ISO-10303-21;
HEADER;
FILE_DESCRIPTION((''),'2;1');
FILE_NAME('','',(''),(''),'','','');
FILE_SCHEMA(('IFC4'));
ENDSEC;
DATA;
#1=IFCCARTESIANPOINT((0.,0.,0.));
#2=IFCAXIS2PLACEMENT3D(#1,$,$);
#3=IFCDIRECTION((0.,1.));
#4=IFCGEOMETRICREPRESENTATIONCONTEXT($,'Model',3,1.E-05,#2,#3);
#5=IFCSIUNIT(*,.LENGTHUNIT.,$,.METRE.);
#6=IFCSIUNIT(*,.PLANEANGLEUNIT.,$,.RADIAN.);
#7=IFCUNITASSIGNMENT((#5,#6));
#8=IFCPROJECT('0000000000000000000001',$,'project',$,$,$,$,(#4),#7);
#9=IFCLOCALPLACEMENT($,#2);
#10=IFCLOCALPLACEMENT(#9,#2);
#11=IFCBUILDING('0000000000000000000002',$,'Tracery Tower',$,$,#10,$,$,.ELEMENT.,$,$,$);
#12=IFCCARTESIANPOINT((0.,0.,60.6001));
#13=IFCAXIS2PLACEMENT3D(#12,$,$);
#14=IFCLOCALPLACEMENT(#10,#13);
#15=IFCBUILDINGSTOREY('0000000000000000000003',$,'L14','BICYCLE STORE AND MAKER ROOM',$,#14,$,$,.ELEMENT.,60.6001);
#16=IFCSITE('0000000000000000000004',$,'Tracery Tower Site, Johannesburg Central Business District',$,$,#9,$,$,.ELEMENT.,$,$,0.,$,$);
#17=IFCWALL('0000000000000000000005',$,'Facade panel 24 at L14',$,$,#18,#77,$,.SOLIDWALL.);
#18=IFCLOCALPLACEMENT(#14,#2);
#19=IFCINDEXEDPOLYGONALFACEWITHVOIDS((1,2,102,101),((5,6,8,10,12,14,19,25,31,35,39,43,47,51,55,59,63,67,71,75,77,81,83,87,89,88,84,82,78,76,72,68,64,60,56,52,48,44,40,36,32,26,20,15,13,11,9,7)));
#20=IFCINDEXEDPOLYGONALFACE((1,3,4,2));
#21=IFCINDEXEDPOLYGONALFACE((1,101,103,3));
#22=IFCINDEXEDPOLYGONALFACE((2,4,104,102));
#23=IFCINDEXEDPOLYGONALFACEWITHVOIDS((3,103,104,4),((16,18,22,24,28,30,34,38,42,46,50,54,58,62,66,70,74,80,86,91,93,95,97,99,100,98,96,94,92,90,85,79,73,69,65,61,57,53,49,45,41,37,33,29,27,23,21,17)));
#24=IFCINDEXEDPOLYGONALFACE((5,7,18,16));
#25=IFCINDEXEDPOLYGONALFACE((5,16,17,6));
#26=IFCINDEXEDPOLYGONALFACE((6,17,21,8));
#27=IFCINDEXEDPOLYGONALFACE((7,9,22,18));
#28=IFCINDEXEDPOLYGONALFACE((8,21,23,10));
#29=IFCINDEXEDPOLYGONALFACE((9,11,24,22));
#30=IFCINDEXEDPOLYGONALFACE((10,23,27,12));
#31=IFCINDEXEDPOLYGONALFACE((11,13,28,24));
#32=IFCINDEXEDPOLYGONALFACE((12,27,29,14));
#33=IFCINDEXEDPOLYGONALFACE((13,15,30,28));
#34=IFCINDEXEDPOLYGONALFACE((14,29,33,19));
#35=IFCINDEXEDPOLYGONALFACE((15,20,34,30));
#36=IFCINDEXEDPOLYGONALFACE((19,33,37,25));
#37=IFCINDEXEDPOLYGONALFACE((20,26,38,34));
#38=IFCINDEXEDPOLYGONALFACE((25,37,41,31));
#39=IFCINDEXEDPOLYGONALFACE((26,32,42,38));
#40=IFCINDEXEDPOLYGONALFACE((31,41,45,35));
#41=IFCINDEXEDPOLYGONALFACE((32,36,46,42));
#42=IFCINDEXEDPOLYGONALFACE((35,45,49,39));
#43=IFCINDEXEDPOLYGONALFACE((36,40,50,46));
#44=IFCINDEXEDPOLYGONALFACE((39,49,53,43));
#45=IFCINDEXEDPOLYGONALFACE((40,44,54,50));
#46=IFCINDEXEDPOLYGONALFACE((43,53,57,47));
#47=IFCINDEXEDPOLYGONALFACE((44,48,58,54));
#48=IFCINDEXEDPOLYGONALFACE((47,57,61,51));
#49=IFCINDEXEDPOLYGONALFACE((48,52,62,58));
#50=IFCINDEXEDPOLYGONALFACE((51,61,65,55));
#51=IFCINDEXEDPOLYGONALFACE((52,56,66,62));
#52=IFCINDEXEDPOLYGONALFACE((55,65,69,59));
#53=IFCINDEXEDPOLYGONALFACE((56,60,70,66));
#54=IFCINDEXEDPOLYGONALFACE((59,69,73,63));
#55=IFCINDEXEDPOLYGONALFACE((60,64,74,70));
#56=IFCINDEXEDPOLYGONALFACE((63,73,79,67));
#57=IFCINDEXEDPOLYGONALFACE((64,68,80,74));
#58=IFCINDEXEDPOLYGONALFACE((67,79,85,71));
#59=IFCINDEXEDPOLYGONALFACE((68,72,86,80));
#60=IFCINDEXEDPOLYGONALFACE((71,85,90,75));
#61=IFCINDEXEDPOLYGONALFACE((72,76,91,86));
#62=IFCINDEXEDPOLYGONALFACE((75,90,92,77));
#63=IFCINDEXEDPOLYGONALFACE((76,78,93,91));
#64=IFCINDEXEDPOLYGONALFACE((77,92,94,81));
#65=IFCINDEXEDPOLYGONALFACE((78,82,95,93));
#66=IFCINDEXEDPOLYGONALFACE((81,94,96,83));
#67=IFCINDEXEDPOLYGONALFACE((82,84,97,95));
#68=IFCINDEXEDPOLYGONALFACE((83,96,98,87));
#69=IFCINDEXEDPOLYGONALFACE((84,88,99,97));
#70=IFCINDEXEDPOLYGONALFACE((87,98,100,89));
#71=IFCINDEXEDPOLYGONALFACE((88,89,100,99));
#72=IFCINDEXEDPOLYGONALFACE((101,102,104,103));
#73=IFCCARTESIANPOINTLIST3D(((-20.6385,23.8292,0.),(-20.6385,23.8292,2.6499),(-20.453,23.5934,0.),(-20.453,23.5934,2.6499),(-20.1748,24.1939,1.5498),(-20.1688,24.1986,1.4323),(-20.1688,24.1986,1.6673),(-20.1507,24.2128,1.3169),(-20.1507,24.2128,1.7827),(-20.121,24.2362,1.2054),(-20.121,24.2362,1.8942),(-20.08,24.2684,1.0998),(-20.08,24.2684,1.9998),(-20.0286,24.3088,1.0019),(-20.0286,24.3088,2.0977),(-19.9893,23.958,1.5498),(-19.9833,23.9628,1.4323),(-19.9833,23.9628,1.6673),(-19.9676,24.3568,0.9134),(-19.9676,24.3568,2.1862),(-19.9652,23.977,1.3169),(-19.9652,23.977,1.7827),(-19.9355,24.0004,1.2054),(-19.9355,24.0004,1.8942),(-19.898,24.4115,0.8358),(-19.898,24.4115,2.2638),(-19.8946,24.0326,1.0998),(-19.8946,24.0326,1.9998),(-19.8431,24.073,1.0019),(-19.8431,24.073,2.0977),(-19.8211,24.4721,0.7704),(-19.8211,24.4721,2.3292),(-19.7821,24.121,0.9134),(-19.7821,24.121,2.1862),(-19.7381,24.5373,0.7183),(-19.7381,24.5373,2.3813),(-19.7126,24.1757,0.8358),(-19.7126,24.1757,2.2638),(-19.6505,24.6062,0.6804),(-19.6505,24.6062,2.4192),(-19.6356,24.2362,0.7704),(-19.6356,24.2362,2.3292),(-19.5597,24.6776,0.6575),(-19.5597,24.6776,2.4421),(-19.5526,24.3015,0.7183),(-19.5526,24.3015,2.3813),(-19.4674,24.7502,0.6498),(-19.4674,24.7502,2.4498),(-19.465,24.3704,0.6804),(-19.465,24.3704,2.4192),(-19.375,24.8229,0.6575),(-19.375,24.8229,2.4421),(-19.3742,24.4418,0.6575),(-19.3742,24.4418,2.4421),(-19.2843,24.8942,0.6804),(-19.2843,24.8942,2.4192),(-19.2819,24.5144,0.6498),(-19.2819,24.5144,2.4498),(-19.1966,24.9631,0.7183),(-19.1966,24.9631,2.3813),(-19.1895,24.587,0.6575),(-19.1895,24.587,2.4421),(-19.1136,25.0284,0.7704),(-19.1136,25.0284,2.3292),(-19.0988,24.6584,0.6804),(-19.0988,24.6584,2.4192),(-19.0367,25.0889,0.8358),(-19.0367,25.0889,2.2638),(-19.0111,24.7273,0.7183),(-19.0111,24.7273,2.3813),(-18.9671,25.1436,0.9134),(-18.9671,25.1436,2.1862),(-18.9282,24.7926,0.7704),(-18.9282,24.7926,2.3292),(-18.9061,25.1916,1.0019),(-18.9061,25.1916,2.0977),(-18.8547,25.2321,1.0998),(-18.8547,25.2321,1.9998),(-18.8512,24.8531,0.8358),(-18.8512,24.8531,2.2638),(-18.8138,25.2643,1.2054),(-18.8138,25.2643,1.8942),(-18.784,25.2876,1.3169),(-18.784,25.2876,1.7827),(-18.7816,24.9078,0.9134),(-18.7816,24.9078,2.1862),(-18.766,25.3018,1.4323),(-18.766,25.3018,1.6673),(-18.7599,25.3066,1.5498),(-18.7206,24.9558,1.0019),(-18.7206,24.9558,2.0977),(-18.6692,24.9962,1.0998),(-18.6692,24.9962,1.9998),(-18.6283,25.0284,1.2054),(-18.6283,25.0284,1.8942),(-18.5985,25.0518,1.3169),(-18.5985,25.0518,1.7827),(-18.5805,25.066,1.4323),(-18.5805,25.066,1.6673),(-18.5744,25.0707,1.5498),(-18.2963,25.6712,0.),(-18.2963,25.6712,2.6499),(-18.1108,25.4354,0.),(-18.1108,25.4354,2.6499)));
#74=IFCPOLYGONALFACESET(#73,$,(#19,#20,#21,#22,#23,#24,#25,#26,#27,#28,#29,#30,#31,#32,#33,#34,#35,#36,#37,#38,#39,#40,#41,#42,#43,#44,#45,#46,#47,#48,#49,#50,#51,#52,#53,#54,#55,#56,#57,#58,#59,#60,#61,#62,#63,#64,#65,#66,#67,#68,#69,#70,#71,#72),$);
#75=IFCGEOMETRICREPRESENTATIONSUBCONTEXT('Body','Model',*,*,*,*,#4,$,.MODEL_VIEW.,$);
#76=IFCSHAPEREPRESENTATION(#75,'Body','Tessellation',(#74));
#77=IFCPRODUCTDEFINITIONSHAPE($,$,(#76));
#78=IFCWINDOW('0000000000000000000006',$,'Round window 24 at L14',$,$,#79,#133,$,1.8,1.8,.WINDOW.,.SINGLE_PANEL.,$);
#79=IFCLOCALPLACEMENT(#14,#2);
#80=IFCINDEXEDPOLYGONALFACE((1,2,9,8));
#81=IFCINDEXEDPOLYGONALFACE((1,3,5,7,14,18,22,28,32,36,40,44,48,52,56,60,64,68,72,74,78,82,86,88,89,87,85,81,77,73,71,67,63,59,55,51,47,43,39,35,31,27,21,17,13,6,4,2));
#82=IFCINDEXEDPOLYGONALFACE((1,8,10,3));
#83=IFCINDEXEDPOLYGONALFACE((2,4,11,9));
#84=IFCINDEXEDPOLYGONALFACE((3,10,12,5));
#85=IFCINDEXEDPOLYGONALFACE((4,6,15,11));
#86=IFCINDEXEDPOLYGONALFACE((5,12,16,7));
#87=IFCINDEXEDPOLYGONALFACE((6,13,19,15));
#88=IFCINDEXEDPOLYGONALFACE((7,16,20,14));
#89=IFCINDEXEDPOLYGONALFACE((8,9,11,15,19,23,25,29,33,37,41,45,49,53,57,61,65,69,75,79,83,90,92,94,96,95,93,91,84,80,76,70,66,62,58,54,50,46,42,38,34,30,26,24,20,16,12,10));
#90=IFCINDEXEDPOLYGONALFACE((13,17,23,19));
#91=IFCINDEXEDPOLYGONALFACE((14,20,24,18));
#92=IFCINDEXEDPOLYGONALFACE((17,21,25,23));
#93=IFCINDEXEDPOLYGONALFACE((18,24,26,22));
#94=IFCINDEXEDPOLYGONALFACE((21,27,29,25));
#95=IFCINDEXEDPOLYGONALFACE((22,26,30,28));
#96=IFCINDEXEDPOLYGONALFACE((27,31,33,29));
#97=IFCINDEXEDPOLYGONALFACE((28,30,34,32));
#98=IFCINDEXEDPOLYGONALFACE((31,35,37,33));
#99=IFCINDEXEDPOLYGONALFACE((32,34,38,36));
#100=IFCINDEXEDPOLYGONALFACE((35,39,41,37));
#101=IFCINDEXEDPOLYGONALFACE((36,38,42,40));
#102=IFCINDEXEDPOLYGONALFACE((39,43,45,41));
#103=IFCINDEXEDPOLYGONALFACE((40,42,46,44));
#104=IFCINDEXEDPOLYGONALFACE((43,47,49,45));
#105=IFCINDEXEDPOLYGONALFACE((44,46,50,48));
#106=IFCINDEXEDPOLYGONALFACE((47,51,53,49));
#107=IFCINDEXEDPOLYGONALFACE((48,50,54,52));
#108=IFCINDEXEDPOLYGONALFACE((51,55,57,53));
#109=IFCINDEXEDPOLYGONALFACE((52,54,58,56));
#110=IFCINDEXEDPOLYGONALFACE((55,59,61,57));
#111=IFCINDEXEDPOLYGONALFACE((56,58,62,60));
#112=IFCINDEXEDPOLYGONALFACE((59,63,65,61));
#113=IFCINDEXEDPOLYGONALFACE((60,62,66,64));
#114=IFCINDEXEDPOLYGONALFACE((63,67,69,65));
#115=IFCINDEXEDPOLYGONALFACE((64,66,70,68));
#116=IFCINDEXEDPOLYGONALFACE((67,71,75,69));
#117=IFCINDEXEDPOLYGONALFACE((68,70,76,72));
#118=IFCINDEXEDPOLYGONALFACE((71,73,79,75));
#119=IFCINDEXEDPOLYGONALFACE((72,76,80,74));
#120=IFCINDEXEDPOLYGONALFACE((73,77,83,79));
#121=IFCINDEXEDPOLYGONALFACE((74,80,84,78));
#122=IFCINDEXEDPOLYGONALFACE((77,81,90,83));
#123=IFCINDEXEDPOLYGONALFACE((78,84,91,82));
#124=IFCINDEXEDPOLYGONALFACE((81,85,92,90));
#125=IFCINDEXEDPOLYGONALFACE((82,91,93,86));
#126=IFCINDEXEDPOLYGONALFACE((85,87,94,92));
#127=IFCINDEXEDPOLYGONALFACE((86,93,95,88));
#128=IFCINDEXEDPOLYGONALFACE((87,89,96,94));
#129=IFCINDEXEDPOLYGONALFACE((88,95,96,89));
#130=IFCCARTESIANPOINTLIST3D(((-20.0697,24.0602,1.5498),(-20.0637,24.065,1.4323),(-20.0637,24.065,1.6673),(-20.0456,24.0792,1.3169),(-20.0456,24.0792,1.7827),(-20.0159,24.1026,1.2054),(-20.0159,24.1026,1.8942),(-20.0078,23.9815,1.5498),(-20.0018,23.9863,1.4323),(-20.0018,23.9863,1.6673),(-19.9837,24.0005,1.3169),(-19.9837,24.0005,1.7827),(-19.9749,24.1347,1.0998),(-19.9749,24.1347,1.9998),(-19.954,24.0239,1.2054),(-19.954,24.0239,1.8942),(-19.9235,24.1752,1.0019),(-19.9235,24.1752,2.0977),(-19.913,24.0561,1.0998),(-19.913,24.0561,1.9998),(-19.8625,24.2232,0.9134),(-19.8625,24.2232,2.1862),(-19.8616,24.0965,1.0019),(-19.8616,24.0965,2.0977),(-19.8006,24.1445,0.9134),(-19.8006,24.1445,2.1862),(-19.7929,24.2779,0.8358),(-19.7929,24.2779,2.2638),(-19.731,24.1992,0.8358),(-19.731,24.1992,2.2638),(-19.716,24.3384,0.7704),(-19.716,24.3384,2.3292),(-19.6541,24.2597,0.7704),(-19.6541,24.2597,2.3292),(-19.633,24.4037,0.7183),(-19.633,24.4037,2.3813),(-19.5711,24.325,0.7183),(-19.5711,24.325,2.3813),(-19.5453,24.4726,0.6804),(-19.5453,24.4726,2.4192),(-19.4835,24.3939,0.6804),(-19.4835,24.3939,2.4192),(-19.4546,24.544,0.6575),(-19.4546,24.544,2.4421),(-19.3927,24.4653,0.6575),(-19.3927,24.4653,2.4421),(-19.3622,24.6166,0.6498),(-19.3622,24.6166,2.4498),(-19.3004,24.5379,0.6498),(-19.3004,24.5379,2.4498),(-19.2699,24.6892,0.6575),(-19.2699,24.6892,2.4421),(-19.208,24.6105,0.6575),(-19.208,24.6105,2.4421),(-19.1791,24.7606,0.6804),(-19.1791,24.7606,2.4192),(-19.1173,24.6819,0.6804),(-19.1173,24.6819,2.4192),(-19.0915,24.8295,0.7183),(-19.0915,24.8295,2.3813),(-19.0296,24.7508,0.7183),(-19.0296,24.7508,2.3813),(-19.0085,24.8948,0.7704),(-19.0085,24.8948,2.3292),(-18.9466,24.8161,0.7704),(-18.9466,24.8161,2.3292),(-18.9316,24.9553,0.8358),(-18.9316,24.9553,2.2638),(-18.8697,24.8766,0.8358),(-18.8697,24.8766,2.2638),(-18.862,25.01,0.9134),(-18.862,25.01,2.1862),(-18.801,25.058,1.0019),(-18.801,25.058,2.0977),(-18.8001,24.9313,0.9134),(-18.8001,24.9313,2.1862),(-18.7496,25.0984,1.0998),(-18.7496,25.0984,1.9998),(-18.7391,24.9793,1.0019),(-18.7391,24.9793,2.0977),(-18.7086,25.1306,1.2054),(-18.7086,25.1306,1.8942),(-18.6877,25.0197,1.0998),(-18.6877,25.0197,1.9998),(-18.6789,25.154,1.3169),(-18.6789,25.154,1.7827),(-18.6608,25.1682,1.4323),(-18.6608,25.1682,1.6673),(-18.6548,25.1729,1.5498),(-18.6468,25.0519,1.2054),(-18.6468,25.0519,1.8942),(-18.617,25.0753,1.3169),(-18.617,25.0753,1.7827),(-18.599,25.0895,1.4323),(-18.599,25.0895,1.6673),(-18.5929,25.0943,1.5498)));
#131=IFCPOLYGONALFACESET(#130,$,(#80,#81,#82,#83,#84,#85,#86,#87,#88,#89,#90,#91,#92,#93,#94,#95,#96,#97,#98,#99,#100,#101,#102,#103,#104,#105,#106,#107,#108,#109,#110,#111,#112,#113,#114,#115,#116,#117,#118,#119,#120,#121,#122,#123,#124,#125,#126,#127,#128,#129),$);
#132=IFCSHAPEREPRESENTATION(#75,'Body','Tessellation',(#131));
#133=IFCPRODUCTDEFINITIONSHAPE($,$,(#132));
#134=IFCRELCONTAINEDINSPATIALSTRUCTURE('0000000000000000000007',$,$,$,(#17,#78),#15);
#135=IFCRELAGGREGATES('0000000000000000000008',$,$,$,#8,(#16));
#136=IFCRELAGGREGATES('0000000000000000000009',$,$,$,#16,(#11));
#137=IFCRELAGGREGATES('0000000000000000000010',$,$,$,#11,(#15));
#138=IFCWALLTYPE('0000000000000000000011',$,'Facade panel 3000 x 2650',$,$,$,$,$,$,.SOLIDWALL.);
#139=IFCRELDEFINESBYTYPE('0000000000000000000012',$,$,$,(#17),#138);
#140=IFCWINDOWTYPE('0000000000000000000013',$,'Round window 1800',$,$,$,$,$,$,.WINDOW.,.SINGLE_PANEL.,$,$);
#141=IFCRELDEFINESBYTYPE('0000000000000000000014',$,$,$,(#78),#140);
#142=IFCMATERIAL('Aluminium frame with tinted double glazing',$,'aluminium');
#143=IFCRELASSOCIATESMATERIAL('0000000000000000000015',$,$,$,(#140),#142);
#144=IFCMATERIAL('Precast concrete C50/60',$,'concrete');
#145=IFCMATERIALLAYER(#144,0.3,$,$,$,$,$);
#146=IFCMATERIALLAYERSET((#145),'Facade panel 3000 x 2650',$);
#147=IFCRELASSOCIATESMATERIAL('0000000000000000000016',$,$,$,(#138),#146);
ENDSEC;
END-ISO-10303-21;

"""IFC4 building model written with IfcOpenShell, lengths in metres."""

from ifc_helpers import new_model, si_unit, direction, frame, frame_2d, origin, origin_2d, place, context, subcontext, project, spatial, rectangle, circle, extrude, material, layer, layer_set, type_object, element, fill, save


model = new_model("IFC4")

# Units and contexts
model_context = context("Model", 3, precision=1e-05, world=origin(), true_north=direction((0.0, 1.0)))
body_context = subcontext(model_context, "Body", "Model", "MODEL_VIEW")
ifc_project = project(units=[si_unit("LENGTHUNIT", "METRE"), si_unit("PLANEANGLEUNIT", "RADIAN")], contexts=[model_context])

# Site, building, storey
site_placement = place(None, origin())
site = spatial("IfcSite", under=ifc_project, at=site_placement, Name="Tracery Tower Site, Johannesburg Central Business District", CompositionType="ELEMENT", RefElevation=0.0)
building_placement = place(site_placement, origin())
building = spatial("IfcBuilding", under=site, at=building_placement, Name="Tracery Tower", CompositionType="ELEMENT")
storey_placement = place(building_placement, frame((0.0, 0.0, 60.6001)))
storey = spatial("IfcBuildingStorey", under=building, at=storey_placement, Name="L14", Description="BICYCLE STORE AND MAKER ROOM", CompositionType="ELEMENT", Elevation=60.6001)

# Wall, opening, window
ifc_material_1 = material(Name="Aluminium frame with tinted double glazing", Category="aluminium")
window_type = type_object("IfcWindowType", Name="Round window 1800", PartitioningType="SINGLE_PANEL", PredefinedType="WINDOW", material=ifc_material_1)
ifc_material_2 = material(Name="Precast concrete C50/60", Category="concrete")
ifc_layer_1 = layer(ifc_material_2, 0.3)
ifc_layer_set_1 = layer_set([ifc_layer_1], Name="Facade panel 3000 x 2650")
wall_type_1 = type_object("IfcWallType", Name="Facade panel 3000 x 2650", PredefinedType="SOLIDWALL", material=ifc_layer_set_1)
wall_1_placement = place(storey_placement, frame((-18.2036, 25.5532, 0.0), z_axis=(0.0, 0.0, 1.0), x_axis=(-0.786045, -0.618169, 0.0)))
wall_1 = element("IfcWall", 1, at=wall_1_placement, inside=storey, type_object=wall_type_1, Name="Facade panel 24 at L14", PredefinedType="SOLIDWALL", context=body_context, shape_type="SweptSolid", body=[
    extrude(rectangle(XDim=2.9797, YDim=0.3, at=frame_2d((1.4897, 0.0))), origin(), (0.0, 0.0, 1.0), 2.6499),
])
opening_1_placement = place(wall_1_placement, frame((1.4897, 0.0, 1.5498)))
opening_1 = element("IfcOpeningElement", 2, at=opening_1_placement, cuts=wall_1, PredefinedType="OPENING", context=body_context, shape_type="SweptSolid", body=[
    extrude(circle(Radius=0.9, at=origin_2d()), frame((0.0, 0.1599, 0.0), z_axis=(0.0, -1.0, 0.0), x_axis=(1.0, 0.0, 0.0)), (0.0, 0.0, 1.0), 0.3201),
])
window_1_placement = place(opening_1_placement, origin())
window_1 = element("IfcWindow", 3, at=window_1_placement, inside=storey, type_object=window_type, Name="Round window 24 at L14", OverallHeight=1.8, OverallWidth=1.8, PartitioningType="SINGLE_PANEL", PredefinedType="WINDOW", context=body_context, shape_type="SweptSolid", body=[
    extrude(circle(Radius=0.9, at=origin_2d()), frame((0.0, 0.1201, 0.0), z_axis=(0.0, -1.0, 0.0), x_axis=(1.0, 0.0, 0.0)), (0.0, 0.0, 1.0), 0.1001),
])
fill(opening_1, window_1)

save(model, "model.ifc")
